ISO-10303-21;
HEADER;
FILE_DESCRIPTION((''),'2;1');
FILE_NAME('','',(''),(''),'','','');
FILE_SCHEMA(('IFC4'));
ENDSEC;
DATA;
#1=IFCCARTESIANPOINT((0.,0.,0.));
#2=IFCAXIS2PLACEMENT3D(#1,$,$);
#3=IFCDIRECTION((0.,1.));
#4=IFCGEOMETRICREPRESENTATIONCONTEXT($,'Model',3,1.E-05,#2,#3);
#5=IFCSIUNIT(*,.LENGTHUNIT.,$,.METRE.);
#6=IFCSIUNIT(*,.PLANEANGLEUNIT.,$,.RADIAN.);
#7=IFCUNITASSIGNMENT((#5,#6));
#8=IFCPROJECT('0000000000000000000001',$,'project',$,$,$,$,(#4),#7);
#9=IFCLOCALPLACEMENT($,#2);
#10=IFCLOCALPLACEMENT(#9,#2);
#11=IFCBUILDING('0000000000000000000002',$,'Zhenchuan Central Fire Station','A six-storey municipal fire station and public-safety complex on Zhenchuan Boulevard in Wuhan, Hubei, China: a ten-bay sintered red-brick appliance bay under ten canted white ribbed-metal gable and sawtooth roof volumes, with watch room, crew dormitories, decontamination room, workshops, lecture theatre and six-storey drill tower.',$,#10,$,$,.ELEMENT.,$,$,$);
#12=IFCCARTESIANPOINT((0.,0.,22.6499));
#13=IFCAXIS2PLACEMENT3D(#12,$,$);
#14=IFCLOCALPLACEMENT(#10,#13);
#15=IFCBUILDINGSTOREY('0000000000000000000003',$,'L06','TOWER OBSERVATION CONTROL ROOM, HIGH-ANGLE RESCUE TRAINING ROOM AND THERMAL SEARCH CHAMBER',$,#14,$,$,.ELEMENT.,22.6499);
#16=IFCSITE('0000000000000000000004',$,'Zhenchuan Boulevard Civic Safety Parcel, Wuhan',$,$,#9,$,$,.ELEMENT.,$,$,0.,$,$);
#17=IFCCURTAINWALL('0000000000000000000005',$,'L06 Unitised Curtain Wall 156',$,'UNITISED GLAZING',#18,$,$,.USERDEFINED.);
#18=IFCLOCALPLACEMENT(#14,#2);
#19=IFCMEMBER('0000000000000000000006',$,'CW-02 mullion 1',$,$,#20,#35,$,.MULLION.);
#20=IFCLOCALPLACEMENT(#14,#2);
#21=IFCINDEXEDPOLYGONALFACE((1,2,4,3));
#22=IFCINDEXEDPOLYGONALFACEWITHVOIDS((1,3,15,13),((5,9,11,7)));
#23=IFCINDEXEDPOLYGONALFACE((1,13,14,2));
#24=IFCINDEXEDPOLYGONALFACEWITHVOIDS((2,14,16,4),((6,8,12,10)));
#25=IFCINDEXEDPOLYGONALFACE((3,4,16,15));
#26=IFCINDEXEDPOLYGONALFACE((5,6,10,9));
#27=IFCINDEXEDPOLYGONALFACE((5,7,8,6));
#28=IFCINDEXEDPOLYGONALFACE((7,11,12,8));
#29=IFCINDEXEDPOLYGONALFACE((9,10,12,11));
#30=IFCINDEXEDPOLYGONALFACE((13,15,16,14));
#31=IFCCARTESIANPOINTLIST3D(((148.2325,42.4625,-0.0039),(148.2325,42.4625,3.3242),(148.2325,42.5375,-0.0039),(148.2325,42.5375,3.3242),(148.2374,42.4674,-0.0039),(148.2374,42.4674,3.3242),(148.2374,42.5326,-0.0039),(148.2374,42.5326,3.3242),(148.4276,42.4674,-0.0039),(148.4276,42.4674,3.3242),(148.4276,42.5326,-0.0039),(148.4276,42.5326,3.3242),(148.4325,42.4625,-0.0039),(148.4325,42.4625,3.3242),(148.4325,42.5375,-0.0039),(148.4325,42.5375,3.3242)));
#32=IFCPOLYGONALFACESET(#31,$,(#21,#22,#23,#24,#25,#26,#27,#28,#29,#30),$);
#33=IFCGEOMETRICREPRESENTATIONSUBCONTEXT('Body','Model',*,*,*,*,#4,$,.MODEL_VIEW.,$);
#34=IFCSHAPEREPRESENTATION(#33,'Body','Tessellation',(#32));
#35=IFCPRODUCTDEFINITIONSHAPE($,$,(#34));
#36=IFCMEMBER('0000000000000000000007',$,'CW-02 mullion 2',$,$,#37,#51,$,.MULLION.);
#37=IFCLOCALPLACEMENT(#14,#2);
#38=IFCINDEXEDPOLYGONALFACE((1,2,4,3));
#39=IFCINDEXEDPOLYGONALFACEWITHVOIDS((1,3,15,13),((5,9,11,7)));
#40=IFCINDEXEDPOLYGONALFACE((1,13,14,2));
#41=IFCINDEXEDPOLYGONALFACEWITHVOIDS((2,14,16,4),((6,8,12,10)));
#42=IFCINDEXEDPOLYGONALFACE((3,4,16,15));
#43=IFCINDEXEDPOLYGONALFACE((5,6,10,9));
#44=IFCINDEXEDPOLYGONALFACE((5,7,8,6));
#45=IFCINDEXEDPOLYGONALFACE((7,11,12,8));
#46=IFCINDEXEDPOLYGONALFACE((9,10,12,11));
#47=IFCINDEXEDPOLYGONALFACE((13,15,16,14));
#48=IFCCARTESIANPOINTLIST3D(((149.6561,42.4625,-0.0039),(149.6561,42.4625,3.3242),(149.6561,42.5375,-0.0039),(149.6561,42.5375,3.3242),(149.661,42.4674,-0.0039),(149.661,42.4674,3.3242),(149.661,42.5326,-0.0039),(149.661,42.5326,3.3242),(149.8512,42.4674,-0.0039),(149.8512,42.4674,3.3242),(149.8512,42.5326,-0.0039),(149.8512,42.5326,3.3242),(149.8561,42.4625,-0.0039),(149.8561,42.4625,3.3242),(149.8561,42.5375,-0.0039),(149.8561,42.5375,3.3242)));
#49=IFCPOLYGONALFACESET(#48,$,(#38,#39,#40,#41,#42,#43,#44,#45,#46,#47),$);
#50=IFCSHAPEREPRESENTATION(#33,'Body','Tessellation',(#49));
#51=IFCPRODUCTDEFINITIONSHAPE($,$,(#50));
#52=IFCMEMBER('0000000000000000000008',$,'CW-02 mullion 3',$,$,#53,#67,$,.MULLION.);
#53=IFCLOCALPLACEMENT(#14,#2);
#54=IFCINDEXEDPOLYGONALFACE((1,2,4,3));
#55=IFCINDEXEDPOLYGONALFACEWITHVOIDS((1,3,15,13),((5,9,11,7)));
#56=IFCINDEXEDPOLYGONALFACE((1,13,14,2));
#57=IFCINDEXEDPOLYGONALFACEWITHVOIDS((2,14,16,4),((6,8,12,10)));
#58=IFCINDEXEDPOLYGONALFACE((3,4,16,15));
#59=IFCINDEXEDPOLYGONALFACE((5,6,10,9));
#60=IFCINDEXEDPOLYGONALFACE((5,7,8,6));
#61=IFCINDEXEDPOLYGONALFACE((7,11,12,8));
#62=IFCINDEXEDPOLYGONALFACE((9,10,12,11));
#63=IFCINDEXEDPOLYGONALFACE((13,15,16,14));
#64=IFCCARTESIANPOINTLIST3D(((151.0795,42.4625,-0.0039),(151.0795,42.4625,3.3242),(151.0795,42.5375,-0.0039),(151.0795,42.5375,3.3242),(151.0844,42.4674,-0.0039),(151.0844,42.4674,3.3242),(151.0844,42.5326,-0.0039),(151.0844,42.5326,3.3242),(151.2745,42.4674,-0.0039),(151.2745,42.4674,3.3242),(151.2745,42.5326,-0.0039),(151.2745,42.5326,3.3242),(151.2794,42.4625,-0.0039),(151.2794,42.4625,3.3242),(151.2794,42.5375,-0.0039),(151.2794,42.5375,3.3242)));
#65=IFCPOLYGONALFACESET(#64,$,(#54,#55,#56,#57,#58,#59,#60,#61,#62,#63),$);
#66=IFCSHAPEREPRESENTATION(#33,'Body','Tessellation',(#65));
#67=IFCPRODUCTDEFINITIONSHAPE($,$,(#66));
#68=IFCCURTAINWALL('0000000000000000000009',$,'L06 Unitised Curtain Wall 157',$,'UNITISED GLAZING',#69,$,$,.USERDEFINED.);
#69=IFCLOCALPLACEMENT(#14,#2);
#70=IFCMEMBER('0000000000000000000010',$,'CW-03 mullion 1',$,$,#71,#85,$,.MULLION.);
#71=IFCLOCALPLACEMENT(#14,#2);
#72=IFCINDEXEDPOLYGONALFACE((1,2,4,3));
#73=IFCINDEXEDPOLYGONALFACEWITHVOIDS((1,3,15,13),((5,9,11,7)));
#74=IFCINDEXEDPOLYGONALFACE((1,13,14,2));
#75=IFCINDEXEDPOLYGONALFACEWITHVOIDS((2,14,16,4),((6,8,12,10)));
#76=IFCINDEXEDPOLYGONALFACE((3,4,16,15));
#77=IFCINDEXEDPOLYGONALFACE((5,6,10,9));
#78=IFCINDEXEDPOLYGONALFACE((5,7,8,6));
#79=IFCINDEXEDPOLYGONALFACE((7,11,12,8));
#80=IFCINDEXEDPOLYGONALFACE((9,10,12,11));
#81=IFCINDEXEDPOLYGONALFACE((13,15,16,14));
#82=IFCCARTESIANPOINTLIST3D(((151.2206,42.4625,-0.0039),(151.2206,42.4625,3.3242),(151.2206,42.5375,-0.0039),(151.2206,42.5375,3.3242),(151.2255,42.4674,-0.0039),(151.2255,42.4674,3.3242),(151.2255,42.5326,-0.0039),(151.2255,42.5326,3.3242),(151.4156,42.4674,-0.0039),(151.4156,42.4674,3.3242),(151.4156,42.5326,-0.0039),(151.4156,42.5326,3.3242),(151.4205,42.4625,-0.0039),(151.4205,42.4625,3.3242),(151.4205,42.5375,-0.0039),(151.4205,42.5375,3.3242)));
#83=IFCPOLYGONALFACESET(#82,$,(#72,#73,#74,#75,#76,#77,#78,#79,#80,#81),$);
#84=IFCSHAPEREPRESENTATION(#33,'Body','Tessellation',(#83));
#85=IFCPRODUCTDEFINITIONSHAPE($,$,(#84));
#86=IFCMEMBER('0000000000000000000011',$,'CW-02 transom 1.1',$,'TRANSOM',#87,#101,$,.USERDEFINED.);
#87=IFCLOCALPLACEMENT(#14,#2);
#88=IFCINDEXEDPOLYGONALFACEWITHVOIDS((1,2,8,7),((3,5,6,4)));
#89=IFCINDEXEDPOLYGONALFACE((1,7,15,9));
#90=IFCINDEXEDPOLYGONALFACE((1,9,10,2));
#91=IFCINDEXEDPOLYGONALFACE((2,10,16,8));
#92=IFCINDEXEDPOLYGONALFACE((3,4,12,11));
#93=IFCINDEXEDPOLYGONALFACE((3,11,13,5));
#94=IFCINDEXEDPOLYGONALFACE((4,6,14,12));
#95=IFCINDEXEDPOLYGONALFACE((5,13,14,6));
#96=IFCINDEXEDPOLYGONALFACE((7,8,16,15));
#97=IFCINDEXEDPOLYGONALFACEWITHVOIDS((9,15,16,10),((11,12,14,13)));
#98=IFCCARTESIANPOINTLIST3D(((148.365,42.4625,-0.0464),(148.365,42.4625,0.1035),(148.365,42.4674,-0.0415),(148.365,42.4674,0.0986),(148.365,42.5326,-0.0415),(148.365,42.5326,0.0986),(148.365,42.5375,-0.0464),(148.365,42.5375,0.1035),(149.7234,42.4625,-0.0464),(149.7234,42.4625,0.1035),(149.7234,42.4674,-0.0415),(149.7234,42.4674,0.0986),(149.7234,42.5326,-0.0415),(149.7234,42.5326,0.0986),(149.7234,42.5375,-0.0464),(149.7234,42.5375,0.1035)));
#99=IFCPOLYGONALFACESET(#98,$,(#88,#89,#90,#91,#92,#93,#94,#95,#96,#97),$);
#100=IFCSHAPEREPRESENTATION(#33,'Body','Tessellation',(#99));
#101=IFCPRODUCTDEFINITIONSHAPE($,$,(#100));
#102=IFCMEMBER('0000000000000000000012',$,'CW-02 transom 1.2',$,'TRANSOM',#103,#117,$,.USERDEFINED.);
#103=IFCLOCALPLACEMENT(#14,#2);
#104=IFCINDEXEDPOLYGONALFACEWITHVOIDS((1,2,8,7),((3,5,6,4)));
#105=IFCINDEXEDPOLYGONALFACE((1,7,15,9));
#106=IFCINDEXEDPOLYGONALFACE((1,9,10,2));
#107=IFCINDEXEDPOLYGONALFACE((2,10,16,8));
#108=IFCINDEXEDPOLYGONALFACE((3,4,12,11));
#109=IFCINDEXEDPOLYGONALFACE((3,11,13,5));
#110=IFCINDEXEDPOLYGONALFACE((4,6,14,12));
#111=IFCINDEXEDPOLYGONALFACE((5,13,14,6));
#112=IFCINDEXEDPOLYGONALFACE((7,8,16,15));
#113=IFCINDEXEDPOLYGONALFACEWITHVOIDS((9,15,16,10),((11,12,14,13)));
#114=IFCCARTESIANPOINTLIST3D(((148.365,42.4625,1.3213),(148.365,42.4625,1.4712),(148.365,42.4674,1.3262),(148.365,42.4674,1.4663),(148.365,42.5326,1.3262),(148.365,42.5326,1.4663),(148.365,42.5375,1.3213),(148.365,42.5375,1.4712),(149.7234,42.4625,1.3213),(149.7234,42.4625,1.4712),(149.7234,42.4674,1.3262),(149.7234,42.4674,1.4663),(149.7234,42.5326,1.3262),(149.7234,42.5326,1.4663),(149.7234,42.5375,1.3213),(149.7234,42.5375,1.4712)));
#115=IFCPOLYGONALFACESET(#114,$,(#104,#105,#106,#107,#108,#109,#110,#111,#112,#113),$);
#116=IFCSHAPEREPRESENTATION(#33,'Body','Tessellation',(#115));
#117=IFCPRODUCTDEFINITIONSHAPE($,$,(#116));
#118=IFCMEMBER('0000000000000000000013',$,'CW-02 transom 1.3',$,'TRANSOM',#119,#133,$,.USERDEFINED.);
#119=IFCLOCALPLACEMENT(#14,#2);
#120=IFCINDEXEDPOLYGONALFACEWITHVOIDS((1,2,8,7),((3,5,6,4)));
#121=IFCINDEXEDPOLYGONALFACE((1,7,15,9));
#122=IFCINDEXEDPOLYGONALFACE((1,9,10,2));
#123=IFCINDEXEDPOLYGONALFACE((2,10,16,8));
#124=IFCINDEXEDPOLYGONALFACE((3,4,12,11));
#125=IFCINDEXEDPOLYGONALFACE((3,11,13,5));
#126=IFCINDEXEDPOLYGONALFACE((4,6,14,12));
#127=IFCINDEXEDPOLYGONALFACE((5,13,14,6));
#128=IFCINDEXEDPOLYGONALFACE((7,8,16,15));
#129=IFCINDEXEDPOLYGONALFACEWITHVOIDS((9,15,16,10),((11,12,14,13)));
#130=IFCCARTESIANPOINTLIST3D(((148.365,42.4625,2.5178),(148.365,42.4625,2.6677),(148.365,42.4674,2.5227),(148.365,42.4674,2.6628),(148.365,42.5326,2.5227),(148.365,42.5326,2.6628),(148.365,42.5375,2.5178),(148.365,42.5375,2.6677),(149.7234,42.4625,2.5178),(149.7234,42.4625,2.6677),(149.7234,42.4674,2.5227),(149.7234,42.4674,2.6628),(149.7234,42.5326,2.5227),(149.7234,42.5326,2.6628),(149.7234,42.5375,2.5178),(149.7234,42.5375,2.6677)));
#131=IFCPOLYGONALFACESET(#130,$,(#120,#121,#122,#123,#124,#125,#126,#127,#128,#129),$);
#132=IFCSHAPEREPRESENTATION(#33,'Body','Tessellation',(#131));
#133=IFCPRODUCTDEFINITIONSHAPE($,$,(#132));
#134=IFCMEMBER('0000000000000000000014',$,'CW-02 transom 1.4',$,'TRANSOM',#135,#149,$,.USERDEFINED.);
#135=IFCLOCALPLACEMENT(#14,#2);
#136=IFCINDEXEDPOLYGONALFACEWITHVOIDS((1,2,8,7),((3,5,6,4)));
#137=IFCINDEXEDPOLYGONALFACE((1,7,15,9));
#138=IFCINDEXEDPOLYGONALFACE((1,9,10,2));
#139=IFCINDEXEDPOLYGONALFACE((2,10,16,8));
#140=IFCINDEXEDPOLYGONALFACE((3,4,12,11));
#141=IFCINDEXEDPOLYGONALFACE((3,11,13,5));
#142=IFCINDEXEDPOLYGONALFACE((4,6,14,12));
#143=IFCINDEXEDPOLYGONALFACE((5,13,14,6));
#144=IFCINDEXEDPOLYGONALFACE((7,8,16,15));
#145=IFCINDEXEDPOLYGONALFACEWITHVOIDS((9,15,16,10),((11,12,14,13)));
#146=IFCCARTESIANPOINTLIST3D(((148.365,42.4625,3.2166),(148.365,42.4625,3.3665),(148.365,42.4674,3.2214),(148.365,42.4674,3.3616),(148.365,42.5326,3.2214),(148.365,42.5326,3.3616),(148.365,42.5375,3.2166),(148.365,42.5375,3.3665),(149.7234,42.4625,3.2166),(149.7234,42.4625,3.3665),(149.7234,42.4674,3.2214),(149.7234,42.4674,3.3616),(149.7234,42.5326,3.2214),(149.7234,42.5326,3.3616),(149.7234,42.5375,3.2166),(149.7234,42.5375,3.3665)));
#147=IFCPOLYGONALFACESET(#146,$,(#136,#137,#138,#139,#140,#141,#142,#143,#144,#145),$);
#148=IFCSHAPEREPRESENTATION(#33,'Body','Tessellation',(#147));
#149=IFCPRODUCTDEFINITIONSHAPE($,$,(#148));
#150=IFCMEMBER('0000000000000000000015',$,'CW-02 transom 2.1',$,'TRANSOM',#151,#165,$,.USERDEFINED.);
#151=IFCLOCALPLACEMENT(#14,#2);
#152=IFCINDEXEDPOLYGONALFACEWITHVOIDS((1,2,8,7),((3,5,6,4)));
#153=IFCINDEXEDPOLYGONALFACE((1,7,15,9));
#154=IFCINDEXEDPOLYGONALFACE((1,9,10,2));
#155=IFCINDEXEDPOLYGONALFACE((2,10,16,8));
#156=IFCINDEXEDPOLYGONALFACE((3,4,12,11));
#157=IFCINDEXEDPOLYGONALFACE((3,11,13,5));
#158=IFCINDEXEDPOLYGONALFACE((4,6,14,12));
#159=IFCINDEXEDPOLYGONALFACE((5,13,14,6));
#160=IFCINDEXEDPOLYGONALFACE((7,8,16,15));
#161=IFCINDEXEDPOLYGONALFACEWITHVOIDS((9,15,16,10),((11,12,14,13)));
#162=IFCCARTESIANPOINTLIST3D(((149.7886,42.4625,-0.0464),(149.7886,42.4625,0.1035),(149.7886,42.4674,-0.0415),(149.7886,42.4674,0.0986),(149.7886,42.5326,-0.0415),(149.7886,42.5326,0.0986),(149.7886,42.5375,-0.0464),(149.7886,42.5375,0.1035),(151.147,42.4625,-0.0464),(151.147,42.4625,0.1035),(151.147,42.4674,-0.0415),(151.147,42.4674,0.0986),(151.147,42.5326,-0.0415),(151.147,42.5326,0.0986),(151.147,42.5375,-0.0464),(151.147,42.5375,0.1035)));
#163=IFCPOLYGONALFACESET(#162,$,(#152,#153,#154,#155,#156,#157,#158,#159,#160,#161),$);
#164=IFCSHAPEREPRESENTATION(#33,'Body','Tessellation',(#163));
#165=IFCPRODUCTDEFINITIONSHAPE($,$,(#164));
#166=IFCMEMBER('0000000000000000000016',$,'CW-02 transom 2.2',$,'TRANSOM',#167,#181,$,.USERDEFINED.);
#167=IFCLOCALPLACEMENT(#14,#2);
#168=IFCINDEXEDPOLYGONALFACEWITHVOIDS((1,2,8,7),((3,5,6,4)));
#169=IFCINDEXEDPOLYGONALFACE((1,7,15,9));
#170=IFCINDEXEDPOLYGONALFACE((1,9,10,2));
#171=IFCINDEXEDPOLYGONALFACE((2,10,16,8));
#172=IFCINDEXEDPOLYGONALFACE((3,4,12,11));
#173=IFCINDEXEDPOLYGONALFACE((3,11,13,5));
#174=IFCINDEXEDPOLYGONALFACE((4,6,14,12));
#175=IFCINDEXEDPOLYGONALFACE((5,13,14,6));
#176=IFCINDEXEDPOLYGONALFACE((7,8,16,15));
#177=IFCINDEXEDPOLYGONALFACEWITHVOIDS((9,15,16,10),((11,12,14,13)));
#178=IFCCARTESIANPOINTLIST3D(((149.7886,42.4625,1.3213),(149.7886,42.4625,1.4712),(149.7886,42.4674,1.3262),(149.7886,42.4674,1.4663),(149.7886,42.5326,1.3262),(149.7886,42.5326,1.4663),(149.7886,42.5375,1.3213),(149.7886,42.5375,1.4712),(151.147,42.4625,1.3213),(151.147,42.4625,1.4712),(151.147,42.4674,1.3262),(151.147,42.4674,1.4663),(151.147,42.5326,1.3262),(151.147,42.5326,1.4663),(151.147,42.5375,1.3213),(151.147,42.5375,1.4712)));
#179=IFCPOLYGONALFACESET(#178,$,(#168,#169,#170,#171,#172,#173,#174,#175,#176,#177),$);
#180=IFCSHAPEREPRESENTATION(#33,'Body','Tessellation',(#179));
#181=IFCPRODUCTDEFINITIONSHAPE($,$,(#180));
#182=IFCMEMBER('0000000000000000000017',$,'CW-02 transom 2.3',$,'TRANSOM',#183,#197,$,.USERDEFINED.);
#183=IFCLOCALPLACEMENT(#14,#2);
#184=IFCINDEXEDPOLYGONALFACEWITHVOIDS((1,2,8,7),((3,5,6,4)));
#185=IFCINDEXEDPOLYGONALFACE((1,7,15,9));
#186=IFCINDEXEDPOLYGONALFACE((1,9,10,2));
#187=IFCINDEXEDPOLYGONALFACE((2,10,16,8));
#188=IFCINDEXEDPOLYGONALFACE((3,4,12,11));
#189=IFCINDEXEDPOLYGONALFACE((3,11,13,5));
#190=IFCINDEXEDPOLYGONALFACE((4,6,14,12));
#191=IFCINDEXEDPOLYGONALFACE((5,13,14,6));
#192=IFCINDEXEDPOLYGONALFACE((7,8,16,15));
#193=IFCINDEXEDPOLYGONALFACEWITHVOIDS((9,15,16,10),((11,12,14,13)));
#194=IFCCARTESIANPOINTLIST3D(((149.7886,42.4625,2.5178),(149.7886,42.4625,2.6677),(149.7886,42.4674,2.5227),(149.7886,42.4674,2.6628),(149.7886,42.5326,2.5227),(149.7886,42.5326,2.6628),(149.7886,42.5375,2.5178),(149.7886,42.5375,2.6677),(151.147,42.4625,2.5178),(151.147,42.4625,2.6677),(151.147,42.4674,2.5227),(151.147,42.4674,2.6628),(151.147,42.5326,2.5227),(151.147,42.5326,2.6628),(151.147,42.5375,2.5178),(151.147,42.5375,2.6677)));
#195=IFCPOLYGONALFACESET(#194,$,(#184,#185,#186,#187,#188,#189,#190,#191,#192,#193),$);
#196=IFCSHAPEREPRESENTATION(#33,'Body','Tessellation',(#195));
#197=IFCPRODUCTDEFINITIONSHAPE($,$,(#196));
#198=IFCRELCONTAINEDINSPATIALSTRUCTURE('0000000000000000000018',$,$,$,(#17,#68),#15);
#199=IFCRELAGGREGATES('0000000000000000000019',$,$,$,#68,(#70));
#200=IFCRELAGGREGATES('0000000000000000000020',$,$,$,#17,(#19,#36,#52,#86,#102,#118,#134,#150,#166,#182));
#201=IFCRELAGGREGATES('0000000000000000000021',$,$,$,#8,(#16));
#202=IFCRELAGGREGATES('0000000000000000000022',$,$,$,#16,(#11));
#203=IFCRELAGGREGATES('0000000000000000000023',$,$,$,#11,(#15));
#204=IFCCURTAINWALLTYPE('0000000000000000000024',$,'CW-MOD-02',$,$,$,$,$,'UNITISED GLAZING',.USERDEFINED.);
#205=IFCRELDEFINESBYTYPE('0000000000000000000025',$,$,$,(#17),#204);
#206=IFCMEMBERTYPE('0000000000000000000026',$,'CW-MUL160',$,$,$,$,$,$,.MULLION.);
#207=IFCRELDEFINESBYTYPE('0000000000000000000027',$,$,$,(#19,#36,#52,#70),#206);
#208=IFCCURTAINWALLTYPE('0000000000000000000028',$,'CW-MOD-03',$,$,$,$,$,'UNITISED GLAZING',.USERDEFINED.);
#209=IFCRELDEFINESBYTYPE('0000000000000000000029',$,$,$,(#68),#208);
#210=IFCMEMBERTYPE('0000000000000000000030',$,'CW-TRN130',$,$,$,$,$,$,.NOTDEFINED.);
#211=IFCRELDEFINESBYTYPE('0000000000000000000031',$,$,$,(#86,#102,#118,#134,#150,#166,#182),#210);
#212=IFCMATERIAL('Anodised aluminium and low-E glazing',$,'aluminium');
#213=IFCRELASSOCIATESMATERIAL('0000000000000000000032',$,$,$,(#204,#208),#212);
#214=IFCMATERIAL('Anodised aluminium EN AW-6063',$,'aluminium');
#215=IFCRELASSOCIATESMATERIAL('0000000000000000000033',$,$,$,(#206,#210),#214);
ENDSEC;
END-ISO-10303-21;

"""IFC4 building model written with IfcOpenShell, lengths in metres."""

from ifc_helpers import new_model, si_unit, direction, frame, origin, origin_2d, place, context, subcontext, project, spatial, hollow_rectangle, extrude, material, material_profile, profile_set, type_object, element, aggregate, save


model = new_model("IFC4")

# Units and contexts
model_context = context("Model", 3, precision=1e-05, world=origin(), true_north=direction((0.0, 1.0)))
body_context = subcontext(model_context, "Body", "Model", "MODEL_VIEW")
ifc_project = project(units=[si_unit("LENGTHUNIT", "METRE"), si_unit("PLANEANGLEUNIT", "RADIAN")], contexts=[model_context])

# Site, building, storey
site_placement = place(None, origin())
site = spatial("IfcSite", under=ifc_project, at=site_placement, Name="Zhenchuan Boulevard Civic Safety Parcel, Wuhan", CompositionType="ELEMENT", RefElevation=0.0)
building_placement = place(site_placement, origin())
building = spatial("IfcBuilding", under=site, at=building_placement, Name="Zhenchuan Central Fire Station", Description="A six-storey municipal fire station and public-safety complex on Zhenchuan Boulevard in Wuhan, Hubei, China: a ten-bay sintered red-brick appliance bay under ten canted white ribbed-metal gable and sawtooth roof volumes, with watch room, crew dormitories, decontamination room, workshops, lecture theatre and six-storey drill tower.", CompositionType="ELEMENT")
storey_placement = place(building_placement, frame((0.0, 0.0, 22.6499)))
storey = spatial("IfcBuildingStorey", under=building, at=storey_placement, Name="L06", Description="TOWER OBSERVATION CONTROL ROOM, HIGH-ANGLE RESCUE TRAINING ROOM AND THERMAL SEARCH CHAMBER", CompositionType="ELEMENT", Elevation=22.6499)

# Curtain wall, members
ifc_material_1 = material(Name="Anodised aluminium and low-E glazing", Category="aluminium")
curtain_wall_type_1 = type_object("IfcCurtainWallType", Name="CW-MOD-02", ElementType="UNITISED GLAZING", PredefinedType="USERDEFINED", material=ifc_material_1)
curtain_wall_1_placement = place(storey_placement, origin())
curtain_wall_1 = element("IfcCurtainWall", 1, at=curtain_wall_1_placement, inside=storey, type_object=curtain_wall_type_1, Name="L06 Unitised Curtain Wall 156", ObjectType="UNITISED GLAZING", PredefinedType="USERDEFINED")
ifc_material_2 = material(Name="Anodised aluminium EN AW-6063", Category="aluminium")
ifc_material_profile_1 = material_profile(ifc_material_2, hollow_rectangle(XDim=0.075, YDim=0.2, WallThickness=0.0049, at=origin_2d()), Name="ALU-M 200x75")
ifc_profile_set_1 = profile_set([ifc_material_profile_1], Name="Anodised aluminium EN AW-6063")
member_type_1 = type_object("IfcMemberType", Name="CW-MUL160", PredefinedType="MULLION", material=ifc_profile_set_1)
member_1_placement = place(storey_placement, frame((148.3325, 42.5, -0.0039), z_axis=(0.0, 0.0, 1.0), x_axis=(0.0, 1.0, 0.0)))
member_1 = element("IfcMember", 2, at=member_1_placement, type_object=member_type_1, Name="CW-02 mullion 1", PredefinedType="MULLION", context=body_context, shape_type="SweptSolid", body=[
    extrude(hollow_rectangle(XDim=0.075, YDim=0.2, WallThickness=0.0049, at=origin_2d()), origin(), (0.0, 0.0, 1.0), 3.3281),
])
member_2_placement = place(storey_placement, frame((149.7561, 42.5, -0.0039), z_axis=(0.0, 0.0, 1.0), x_axis=(0.0, 1.0, 0.0)))
member_2 = element("IfcMember", 3, at=member_2_placement, type_object=member_type_1, Name="CW-02 mullion 2", PredefinedType="MULLION", context=body_context, shape_type="SweptSolid", body=[
    extrude(hollow_rectangle(XDim=0.075, YDim=0.2, WallThickness=0.0049, at=origin_2d()), origin(), (0.0, 0.0, 1.0), 3.3281),
])
member_3_placement = place(storey_placement, frame((151.1794, 42.5, -0.0039), z_axis=(0.0, 0.0, 1.0), x_axis=(0.0, 1.0, 0.0)))
member_3 = element("IfcMember", 4, at=member_3_placement, type_object=member_type_1, Name="CW-02 mullion 3", PredefinedType="MULLION", context=body_context, shape_type="SweptSolid", body=[
    extrude(hollow_rectangle(XDim=0.075, YDim=0.2, WallThickness=0.0049, at=origin_2d()), origin(), (0.0, 0.0, 1.0), 3.3281),
])

# Curtain wall, member
curtain_wall_type_2 = type_object("IfcCurtainWallType", Name="CW-MOD-03", ElementType="UNITISED GLAZING", PredefinedType="USERDEFINED", material=ifc_material_1)
curtain_wall_2_placement = place(storey_placement, origin())
curtain_wall_2 = element("IfcCurtainWall", 5, at=curtain_wall_2_placement, inside=storey, type_object=curtain_wall_type_2, Name="L06 Unitised Curtain Wall 157", ObjectType="UNITISED GLAZING", PredefinedType="USERDEFINED")
member_4_placement = place(storey_placement, frame((151.3206, 42.5, -0.0039), z_axis=(0.0, 0.0, 1.0), x_axis=(0.0, 1.0, 0.0)))
member_4 = element("IfcMember", 6, at=member_4_placement, type_object=member_type_1, Name="CW-03 mullion 1", PredefinedType="MULLION", context=body_context, shape_type="SweptSolid", body=[
    extrude(hollow_rectangle(XDim=0.075, YDim=0.2, WallThickness=0.0049, at=origin_2d()), origin(), (0.0, 0.0, 1.0), 3.3281),
])

# Members
ifc_material_profile_2 = material_profile(ifc_material_2, hollow_rectangle(XDim=0.075, YDim=0.1499, WallThickness=0.0049, at=origin_2d()), Name="ALU-T 150x75")
ifc_profile_set_2 = profile_set([ifc_material_profile_2], Name="Anodised aluminium EN AW-6063")
member_type_2 = type_object("IfcMemberType", Name="CW-TRN130", PredefinedType="NOTDEFINED", material=ifc_profile_set_2)
member_5_placement = place(storey_placement, frame((148.365, 42.5, 0.0286), z_axis=(1.0, 0.0, 0.0), x_axis=(0.0, 1.0, 0.0)))
member_5 = element("IfcMember", 7, at=member_5_placement, type_object=member_type_2, Name="CW-02 transom 1.1", ObjectType="TRANSOM", PredefinedType="USERDEFINED", context=body_context, shape_type="SweptSolid", body=[
    extrude(hollow_rectangle(XDim=0.075, YDim=0.1499, WallThickness=0.0049, at=origin_2d()), origin(), (0.0, 0.0, 1.0), 1.3584),
])
member_6_placement = place(storey_placement, frame((148.365, 42.5, 1.3962), z_axis=(1.0, 0.0, 0.0), x_axis=(0.0, 1.0, 0.0)))
member_6 = element("IfcMember", 8, at=member_6_placement, type_object=member_type_2, Name="CW-02 transom 1.2", ObjectType="TRANSOM", PredefinedType="USERDEFINED", context=body_context, shape_type="SweptSolid", body=[
    extrude(hollow_rectangle(XDim=0.075, YDim=0.1499, WallThickness=0.0049, at=origin_2d()), origin(), (0.0, 0.0, 1.0), 1.3584),
])
member_7_placement = place(storey_placement, frame((148.365, 42.5, 2.5928), z_axis=(1.0, 0.0, 0.0), x_axis=(0.0, 1.0, 0.0)))
member_7 = element("IfcMember", 9, at=member_7_placement, type_object=member_type_2, Name="CW-02 transom 1.3", ObjectType="TRANSOM", PredefinedType="USERDEFINED", context=body_context, shape_type="SweptSolid", body=[
    extrude(hollow_rectangle(XDim=0.075, YDim=0.1499, WallThickness=0.0049, at=origin_2d()), origin(), (0.0, 0.0, 1.0), 1.3584),
])
member_8_placement = place(storey_placement, frame((148.365, 42.5, 3.2915), z_axis=(1.0, 0.0, 0.0), x_axis=(0.0, 1.0, 0.0)))
member_8 = element("IfcMember", 10, at=member_8_placement, type_object=member_type_2, Name="CW-02 transom 1.4", ObjectType="TRANSOM", PredefinedType="USERDEFINED", context=body_context, shape_type="SweptSolid", body=[
    extrude(hollow_rectangle(XDim=0.075, YDim=0.1499, WallThickness=0.0049, at=origin_2d()), origin(), (0.0, 0.0, 1.0), 1.3584),
])
member_9_placement = place(storey_placement, frame((149.7886, 42.5, 0.0286), z_axis=(1.0, 0.0, 0.0), x_axis=(0.0, 1.0, 0.0)))
member_9 = element("IfcMember", 11, at=member_9_placement, type_object=member_type_2, Name="CW-02 transom 2.1", ObjectType="TRANSOM", PredefinedType="USERDEFINED", context=body_context, shape_type="SweptSolid", body=[
    extrude(hollow_rectangle(XDim=0.075, YDim=0.1499, WallThickness=0.0049, at=origin_2d()), origin(), (0.0, 0.0, 1.0), 1.3584),
])
member_10_placement = place(storey_placement, frame((149.7886, 42.5, 1.3962), z_axis=(1.0, 0.0, 0.0), x_axis=(0.0, 1.0, 0.0)))
member_10 = element("IfcMember", 12, at=member_10_placement, type_object=member_type_2, Name="CW-02 transom 2.2", ObjectType="TRANSOM", PredefinedType="USERDEFINED", context=body_context, shape_type="SweptSolid", body=[
    extrude(hollow_rectangle(XDim=0.075, YDim=0.1499, WallThickness=0.0049, at=origin_2d()), origin(), (0.0, 0.0, 1.0), 1.3584),
])
member_11_placement = place(storey_placement, frame((149.7886, 42.5, 2.5928), z_axis=(1.0, 0.0, 0.0), x_axis=(0.0, 1.0, 0.0)))
member_11 = element("IfcMember", 13, at=member_11_placement, type_object=member_type_2, Name="CW-02 transom 2.3", ObjectType="TRANSOM", PredefinedType="USERDEFINED", context=body_context, shape_type="SweptSolid", body=[
    extrude(hollow_rectangle(XDim=0.075, YDim=0.1499, WallThickness=0.0049, at=origin_2d()), origin(), (0.0, 0.0, 1.0), 1.3584),
])
aggregate(curtain_wall_2, [member_4])

aggregate(curtain_wall_1, [member_1, member_2, member_3, member_5, member_6, member_7, member_8, member_9, member_10, member_11])

save(model, "model.ifc")
